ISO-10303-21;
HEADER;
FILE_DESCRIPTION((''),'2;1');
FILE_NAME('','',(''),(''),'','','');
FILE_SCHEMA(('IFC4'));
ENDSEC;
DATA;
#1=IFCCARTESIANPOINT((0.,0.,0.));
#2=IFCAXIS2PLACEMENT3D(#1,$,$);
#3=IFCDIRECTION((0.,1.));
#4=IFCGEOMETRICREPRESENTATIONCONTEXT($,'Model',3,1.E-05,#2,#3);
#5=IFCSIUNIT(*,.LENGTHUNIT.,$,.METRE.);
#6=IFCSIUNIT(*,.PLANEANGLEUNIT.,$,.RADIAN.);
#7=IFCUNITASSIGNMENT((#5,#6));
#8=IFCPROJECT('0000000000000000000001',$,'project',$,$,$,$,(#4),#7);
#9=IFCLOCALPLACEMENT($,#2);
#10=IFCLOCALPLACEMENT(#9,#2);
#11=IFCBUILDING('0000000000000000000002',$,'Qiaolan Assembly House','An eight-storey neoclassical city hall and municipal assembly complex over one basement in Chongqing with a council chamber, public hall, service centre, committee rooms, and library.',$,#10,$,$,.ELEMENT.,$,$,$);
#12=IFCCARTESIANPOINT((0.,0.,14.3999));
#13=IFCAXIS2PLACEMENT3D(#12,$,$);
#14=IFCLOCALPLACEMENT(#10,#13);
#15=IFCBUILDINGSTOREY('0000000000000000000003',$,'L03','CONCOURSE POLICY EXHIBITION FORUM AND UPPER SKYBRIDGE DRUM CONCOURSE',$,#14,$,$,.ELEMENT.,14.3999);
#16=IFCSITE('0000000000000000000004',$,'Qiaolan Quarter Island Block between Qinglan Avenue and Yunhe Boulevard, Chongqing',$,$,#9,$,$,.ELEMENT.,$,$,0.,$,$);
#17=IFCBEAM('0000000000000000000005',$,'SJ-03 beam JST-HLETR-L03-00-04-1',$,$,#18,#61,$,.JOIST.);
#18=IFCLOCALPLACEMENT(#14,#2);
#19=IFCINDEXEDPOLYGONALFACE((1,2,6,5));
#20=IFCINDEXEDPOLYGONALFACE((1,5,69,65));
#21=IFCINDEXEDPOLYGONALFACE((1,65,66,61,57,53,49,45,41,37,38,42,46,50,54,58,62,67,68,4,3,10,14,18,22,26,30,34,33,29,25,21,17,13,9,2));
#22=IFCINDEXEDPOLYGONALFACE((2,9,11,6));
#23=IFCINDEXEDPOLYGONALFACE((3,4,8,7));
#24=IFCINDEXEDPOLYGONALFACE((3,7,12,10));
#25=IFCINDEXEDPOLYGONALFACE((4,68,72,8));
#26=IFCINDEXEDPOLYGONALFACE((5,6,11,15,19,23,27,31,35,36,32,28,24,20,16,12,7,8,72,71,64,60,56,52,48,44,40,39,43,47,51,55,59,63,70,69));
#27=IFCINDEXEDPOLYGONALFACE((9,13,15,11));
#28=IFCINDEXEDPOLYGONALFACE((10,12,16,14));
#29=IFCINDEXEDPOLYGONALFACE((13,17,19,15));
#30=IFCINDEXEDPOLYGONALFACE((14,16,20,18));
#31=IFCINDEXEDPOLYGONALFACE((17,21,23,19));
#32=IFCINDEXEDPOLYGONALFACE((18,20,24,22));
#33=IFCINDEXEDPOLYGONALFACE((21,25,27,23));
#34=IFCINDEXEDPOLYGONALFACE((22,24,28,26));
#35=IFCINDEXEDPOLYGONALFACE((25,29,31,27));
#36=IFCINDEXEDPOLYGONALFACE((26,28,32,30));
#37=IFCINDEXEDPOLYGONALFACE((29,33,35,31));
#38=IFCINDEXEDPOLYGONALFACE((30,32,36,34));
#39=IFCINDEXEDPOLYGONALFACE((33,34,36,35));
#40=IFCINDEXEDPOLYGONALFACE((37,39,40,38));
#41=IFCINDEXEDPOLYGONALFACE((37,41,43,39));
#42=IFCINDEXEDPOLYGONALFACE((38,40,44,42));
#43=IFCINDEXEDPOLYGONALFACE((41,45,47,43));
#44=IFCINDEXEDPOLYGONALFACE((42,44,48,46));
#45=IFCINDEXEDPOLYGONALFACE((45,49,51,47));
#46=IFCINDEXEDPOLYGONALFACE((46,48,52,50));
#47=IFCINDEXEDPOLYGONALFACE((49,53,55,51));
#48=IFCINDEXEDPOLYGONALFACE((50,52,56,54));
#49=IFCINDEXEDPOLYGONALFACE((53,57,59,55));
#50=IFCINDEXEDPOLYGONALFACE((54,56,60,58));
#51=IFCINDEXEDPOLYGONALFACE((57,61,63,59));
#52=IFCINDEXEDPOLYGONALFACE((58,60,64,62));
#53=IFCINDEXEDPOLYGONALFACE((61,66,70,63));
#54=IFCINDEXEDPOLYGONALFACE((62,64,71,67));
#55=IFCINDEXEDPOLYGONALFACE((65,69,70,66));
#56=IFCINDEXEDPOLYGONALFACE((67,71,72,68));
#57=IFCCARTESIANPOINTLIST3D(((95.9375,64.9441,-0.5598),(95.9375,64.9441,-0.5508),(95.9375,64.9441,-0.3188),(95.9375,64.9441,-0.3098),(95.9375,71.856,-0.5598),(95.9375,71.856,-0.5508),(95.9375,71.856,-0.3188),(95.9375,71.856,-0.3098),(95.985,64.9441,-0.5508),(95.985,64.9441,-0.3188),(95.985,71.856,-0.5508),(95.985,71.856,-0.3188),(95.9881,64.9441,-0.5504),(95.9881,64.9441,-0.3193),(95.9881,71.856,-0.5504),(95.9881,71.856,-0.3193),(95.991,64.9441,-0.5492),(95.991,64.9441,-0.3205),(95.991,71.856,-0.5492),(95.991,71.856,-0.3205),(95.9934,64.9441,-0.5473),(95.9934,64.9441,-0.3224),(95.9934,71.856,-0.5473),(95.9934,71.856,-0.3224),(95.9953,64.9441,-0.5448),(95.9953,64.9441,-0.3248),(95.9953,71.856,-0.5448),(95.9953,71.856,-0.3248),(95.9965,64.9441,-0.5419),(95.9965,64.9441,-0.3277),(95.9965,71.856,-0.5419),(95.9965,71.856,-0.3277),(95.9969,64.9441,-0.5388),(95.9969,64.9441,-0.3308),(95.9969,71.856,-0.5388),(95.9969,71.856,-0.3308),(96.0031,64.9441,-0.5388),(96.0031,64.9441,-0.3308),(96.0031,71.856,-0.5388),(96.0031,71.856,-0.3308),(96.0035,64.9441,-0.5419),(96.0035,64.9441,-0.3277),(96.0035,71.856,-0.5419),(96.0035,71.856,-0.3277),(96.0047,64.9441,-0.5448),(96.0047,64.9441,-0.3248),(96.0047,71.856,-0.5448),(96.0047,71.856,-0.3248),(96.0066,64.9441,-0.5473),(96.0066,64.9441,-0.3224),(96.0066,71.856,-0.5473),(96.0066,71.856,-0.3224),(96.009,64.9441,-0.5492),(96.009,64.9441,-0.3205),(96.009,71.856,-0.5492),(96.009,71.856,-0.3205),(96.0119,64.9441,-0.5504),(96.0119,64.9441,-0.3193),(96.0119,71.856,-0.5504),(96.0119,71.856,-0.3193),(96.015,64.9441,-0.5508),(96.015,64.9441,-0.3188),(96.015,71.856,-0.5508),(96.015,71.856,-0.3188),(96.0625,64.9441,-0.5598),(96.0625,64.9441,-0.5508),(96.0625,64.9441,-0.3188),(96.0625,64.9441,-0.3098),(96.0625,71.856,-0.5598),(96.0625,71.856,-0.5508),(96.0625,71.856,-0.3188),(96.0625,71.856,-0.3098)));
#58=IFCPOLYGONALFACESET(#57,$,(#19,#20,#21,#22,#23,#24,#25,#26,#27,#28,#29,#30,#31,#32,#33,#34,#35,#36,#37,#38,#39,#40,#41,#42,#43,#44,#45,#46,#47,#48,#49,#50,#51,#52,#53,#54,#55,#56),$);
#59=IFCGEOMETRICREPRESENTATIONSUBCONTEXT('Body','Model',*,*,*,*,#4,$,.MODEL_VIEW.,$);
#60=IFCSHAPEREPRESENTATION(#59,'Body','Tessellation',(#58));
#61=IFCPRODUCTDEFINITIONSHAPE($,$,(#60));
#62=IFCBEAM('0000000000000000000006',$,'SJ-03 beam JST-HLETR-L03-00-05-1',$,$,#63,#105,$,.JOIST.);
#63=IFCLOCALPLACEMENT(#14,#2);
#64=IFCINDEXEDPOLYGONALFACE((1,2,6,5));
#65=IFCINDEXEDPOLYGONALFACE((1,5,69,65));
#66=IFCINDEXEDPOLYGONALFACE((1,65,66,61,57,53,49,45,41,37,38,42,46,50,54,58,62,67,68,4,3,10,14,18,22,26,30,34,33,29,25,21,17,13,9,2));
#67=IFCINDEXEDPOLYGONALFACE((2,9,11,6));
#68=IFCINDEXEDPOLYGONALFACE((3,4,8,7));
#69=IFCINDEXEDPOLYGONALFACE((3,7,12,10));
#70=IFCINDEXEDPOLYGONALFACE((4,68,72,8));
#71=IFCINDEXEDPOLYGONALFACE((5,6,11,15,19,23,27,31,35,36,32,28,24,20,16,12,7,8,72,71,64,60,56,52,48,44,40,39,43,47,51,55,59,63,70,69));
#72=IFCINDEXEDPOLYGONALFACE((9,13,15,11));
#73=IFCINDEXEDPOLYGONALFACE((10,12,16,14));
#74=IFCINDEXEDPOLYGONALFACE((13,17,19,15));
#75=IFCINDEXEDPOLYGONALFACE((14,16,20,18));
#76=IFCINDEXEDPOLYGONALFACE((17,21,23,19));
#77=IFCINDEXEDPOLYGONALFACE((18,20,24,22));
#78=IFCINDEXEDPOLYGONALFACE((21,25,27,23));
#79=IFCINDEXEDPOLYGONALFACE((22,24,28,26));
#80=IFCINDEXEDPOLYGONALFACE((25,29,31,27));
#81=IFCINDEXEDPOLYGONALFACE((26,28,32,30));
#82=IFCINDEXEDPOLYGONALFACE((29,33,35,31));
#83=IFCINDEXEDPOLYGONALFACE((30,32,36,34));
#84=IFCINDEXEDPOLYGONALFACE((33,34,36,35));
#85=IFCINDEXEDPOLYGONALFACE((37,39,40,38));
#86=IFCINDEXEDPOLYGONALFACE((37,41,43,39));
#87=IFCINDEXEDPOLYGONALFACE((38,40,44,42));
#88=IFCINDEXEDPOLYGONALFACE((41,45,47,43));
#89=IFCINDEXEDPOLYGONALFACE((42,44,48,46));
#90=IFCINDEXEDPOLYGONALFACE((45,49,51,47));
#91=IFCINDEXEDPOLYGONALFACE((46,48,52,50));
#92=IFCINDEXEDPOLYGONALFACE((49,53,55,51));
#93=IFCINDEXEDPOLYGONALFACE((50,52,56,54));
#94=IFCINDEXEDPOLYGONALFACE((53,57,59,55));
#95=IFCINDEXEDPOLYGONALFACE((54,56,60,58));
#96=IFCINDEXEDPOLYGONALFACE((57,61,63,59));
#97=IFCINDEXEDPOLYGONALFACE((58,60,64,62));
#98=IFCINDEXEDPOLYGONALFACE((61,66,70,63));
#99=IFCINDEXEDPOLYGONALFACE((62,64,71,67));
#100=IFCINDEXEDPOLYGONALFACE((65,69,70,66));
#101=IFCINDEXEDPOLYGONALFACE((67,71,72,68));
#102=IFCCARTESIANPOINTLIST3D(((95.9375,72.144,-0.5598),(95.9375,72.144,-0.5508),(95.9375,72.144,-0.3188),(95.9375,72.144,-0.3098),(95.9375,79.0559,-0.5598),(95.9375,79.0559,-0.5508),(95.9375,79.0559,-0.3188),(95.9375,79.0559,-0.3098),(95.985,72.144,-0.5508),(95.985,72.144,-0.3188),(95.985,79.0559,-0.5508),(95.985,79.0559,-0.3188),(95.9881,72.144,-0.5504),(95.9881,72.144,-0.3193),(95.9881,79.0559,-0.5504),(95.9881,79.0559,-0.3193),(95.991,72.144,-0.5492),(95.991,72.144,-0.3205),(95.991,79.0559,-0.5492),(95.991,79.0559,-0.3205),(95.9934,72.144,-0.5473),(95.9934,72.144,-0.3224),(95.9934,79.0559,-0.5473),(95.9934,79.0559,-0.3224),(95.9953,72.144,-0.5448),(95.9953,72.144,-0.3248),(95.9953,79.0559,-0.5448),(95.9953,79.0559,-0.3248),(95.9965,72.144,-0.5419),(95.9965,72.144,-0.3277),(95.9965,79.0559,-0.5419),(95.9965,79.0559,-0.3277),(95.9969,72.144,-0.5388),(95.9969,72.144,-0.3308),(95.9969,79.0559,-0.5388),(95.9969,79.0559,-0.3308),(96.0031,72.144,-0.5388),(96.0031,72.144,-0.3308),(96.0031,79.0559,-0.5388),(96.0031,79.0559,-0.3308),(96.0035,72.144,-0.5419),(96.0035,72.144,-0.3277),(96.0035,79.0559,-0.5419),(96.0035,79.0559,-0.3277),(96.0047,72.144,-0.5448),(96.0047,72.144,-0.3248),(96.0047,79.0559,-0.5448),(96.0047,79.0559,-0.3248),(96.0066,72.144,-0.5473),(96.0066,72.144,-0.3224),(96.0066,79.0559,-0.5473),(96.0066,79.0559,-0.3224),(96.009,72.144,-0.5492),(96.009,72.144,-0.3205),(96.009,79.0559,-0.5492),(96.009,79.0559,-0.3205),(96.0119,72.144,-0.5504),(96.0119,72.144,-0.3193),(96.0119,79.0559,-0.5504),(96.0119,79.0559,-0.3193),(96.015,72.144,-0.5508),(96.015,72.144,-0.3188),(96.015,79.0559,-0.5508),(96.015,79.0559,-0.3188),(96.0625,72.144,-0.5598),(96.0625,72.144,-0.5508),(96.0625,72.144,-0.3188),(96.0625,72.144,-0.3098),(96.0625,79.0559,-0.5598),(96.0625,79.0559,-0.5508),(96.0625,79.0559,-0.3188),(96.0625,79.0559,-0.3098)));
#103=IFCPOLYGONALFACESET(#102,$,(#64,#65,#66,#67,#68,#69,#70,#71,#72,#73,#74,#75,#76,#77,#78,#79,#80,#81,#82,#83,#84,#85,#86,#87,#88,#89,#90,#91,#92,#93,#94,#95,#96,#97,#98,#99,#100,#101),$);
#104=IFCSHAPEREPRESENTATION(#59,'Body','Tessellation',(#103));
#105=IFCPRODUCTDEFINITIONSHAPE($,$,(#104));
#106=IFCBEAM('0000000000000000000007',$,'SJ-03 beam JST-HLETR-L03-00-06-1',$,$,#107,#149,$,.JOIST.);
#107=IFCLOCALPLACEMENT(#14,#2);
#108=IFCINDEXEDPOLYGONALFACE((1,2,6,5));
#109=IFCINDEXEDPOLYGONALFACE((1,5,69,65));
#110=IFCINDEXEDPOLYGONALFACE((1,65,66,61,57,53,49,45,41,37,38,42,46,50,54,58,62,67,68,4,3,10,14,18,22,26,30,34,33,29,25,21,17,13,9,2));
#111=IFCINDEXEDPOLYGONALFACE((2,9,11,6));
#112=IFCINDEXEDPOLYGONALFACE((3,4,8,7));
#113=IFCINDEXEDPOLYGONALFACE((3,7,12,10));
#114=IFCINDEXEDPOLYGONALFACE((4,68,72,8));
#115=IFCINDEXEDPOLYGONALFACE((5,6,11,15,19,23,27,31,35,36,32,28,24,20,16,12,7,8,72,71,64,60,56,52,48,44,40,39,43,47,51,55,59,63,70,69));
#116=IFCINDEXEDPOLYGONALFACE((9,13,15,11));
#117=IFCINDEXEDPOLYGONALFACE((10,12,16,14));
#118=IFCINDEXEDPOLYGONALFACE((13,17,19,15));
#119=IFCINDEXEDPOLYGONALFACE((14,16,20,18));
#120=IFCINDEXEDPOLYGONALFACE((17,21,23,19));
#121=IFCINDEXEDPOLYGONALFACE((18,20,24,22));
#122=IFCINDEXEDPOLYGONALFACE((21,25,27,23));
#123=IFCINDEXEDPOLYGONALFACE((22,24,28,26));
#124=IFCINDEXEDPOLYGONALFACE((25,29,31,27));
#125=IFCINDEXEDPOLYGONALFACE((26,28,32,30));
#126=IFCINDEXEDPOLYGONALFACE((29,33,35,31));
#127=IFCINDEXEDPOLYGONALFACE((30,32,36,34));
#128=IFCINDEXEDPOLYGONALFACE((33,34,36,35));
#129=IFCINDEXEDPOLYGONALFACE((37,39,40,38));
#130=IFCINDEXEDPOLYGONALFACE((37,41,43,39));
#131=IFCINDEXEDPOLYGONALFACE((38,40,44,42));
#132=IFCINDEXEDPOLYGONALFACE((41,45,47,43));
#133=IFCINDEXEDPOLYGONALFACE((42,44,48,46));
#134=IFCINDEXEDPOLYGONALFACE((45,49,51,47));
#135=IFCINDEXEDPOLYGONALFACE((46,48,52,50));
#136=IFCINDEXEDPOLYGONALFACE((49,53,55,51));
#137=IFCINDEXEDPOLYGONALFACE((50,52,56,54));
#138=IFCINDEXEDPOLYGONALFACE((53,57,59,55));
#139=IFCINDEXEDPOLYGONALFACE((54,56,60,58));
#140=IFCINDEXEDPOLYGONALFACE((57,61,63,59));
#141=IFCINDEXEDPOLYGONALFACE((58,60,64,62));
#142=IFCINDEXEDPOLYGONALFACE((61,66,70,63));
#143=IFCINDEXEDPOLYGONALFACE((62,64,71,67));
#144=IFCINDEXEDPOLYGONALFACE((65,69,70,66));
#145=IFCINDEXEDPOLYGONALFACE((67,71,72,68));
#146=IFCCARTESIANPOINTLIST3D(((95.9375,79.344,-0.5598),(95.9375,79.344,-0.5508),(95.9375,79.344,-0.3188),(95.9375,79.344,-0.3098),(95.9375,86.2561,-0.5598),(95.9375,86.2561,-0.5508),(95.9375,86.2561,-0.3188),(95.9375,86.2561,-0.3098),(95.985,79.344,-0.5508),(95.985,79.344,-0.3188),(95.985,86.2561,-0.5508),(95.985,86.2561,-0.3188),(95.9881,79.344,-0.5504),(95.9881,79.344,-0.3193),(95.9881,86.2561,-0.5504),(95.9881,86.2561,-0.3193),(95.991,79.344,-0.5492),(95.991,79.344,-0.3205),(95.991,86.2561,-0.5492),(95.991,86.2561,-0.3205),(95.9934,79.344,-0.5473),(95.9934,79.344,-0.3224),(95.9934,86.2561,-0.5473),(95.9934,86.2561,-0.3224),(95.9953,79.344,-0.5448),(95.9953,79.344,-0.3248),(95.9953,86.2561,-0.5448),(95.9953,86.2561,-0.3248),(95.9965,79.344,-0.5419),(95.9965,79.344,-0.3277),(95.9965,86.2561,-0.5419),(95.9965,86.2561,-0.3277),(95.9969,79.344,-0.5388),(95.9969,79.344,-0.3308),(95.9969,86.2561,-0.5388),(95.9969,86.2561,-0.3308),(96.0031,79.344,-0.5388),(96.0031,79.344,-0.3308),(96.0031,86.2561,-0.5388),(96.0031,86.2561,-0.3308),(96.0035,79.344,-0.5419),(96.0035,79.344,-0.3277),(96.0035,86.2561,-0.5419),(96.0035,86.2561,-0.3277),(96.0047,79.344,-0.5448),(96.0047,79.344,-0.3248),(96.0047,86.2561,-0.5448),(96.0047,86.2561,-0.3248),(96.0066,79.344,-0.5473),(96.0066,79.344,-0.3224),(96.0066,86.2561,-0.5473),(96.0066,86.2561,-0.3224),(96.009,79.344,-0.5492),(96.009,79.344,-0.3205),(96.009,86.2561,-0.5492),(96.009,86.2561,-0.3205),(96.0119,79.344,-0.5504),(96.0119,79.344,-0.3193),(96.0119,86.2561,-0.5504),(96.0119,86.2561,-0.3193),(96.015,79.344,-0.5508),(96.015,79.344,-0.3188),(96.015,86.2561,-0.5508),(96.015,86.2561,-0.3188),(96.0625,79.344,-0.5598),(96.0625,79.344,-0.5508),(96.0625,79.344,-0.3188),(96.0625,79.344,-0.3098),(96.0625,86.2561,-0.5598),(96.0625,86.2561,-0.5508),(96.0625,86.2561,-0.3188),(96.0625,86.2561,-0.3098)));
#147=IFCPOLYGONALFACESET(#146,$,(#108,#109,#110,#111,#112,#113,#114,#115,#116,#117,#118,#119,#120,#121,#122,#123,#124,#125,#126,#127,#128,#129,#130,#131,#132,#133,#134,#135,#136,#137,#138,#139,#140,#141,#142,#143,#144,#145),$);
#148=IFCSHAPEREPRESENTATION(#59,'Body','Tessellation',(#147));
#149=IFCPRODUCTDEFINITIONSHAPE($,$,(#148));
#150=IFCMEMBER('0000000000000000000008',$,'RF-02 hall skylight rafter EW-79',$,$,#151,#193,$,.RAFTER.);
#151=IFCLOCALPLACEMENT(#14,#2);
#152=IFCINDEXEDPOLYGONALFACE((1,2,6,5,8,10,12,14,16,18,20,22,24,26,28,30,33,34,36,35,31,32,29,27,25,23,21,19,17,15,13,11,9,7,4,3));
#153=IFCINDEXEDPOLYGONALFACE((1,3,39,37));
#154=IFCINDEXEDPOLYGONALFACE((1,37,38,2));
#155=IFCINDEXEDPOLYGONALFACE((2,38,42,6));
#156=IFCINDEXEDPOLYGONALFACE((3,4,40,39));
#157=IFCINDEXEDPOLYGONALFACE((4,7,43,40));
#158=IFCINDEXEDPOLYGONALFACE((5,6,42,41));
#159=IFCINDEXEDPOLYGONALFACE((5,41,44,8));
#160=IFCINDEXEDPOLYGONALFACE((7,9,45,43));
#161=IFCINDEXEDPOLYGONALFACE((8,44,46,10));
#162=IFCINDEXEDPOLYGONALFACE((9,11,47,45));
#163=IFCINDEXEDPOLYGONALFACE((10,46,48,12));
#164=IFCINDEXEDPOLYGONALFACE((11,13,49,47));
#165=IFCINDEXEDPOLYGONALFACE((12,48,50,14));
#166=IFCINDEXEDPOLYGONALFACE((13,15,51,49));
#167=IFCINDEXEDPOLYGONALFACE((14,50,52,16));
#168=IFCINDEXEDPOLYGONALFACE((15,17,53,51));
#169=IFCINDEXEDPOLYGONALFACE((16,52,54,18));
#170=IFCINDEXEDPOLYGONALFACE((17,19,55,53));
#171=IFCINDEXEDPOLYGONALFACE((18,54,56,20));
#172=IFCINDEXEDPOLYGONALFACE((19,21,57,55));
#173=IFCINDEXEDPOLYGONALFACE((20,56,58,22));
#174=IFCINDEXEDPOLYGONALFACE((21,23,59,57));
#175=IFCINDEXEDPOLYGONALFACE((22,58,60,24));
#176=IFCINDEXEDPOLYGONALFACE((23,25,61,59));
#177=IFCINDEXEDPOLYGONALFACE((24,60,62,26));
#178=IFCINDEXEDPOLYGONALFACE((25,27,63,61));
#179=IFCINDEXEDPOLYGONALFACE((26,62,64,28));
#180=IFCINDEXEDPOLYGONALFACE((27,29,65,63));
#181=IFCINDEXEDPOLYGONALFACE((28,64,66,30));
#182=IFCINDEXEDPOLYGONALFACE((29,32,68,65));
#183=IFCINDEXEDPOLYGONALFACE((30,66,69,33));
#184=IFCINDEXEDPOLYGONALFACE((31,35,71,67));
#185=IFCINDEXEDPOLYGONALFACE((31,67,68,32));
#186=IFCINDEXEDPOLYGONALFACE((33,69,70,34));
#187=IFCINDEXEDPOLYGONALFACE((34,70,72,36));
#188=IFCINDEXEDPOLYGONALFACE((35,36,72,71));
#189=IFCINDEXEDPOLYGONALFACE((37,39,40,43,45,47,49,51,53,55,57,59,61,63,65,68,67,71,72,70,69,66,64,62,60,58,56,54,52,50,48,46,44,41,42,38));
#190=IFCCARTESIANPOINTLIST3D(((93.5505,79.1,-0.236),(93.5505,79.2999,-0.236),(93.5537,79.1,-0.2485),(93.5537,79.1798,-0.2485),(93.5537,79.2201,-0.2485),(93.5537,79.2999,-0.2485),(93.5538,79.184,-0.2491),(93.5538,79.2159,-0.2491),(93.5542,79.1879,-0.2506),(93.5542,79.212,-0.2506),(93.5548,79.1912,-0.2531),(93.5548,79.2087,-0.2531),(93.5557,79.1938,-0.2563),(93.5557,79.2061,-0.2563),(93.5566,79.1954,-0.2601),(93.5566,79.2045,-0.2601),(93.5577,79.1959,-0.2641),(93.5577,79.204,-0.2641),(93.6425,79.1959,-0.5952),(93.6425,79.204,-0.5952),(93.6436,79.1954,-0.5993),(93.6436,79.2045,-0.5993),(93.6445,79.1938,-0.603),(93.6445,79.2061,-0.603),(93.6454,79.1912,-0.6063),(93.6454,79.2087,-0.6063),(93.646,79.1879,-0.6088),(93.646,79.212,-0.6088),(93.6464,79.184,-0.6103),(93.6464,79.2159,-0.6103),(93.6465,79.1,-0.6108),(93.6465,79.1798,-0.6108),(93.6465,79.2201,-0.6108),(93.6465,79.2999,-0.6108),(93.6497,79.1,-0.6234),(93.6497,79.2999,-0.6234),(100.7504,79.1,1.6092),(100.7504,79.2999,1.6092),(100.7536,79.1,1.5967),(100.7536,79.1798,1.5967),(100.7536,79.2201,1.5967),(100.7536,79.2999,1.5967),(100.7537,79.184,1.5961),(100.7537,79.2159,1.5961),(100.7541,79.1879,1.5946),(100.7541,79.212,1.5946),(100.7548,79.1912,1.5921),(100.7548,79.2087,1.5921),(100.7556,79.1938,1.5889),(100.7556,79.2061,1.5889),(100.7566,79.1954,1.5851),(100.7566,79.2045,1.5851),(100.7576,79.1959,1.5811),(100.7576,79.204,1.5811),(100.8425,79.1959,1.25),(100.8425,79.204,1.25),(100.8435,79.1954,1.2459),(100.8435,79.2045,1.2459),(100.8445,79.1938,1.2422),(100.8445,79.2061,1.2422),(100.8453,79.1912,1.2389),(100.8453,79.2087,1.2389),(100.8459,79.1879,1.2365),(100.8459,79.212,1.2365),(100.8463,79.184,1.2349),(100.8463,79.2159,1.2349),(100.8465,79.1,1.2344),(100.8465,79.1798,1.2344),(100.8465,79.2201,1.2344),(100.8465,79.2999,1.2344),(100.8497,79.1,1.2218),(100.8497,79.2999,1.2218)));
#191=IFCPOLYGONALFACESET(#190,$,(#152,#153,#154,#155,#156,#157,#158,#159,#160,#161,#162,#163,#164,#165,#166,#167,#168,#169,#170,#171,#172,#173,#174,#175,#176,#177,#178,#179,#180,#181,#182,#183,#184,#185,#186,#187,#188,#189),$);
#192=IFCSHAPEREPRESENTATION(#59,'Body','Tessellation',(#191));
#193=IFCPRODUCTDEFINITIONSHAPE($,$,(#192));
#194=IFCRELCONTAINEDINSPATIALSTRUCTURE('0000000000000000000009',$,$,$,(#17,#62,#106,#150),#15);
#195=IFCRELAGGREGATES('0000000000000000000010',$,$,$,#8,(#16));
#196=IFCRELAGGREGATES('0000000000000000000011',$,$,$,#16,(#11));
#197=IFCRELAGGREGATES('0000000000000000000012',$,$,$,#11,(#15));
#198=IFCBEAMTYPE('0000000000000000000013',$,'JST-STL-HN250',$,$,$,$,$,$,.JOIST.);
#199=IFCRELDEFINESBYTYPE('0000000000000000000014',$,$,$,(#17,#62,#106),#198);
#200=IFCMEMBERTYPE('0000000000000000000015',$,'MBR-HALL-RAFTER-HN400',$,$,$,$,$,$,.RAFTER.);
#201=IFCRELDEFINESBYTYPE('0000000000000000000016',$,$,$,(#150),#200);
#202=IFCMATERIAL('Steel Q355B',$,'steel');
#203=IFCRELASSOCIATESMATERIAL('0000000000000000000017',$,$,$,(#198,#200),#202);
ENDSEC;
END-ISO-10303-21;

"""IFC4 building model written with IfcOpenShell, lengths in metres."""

from ifc_helpers import new_model, si_unit, direction, frame, origin, origin_2d, place, context, subcontext, project, spatial, i_section, extrude, material, material_profile, profile_set, type_object, element, save


model = new_model("IFC4")

# Units and contexts
model_context = context("Model", 3, precision=1e-05, world=origin(), true_north=direction((0.0, 1.0)))
body_context = subcontext(model_context, "Body", "Model", "MODEL_VIEW")
ifc_project = project(units=[si_unit("LENGTHUNIT", "METRE"), si_unit("PLANEANGLEUNIT", "RADIAN")], contexts=[model_context])

# Site, building, storey
site_placement = place(None, origin())
site = spatial("IfcSite", under=ifc_project, at=site_placement, Name="Qiaolan Quarter Island Block between Qinglan Avenue and Yunhe Boulevard, Chongqing", CompositionType="ELEMENT", RefElevation=0.0)
building_placement = place(site_placement, origin())
building = spatial("IfcBuilding", under=site, at=building_placement, Name="Qiaolan Assembly House", Description="An eight-storey neoclassical city hall and municipal assembly complex over one basement in Chongqing with a council chamber, public hall, service centre, committee rooms, and library.", CompositionType="ELEMENT")
storey_placement = place(building_placement, frame((0.0, 0.0, 14.3999)))
storey = spatial("IfcBuildingStorey", under=building, at=storey_placement, Name="L03", Description="CONCOURSE POLICY EXHIBITION FORUM AND UPPER SKYBRIDGE DRUM CONCOURSE", CompositionType="ELEMENT", Elevation=14.3999)

# Shared definitions
ifc_material_1 = material(Name="Steel Q355B", Category="steel")

# Beams
ifc_material_profile_1 = material_profile(ifc_material_1, i_section(OverallWidth=0.125, OverallDepth=0.25, WebThickness=0.0061, FlangeThickness=0.009, FilletRadius=0.012, at=origin_2d()), Name="HN 250x125x6x9")
ifc_profile_set_1 = profile_set([ifc_material_profile_1], Name="Steel Q355B")
beam_type_1 = type_object("IfcBeamType", Name="JST-STL-HN250", PredefinedType="JOIST", material=ifc_profile_set_1)
for number, where, z_axis, x_axis, name in (
    (1, (96.0, 64.9441, -0.4348), (0.0, 1.0, 0.0), (-1.0, 0.0, 0.0), "SJ-03 beam JST-HLETR-L03-00-04-1"),
    (2, (96.0, 72.144, -0.4348), (0.0, 1.0, 0.0), (-1.0, 0.0, 0.0), "SJ-03 beam JST-HLETR-L03-00-05-1"),
):
    element("IfcBeam", number, at=place(storey_placement, frame(where, z_axis=z_axis, x_axis=x_axis)), inside=storey, type_object=beam_type_1, Name=name, PredefinedType="JOIST", context=body_context, shape_type="SweptSolid", body=[
        extrude(i_section(OverallWidth=0.125, OverallDepth=0.25, WebThickness=0.0061, FlangeThickness=0.009, FilletRadius=0.012, at=origin_2d()), origin(), (0.0, 0.0, 1.0), 6.9119),
    ])
beam_1_placement = place(storey_placement, frame((96.0, 79.344, -0.4348), z_axis=(0.0, 1.0, 0.0), x_axis=(-1.0, 0.0, 0.0)))
element("IfcBeam", 3, at=beam_1_placement, inside=storey, type_object=beam_type_1, Name="SJ-03 beam JST-HLETR-L03-00-06-1", PredefinedType="JOIST", context=body_context, shape_type="SweptSolid", body=[
    extrude(i_section(OverallWidth=0.125, OverallDepth=0.25, WebThickness=0.0061, FlangeThickness=0.009, FilletRadius=0.012, at=origin_2d()), origin(), (0.0, 0.0, 1.0), 6.9121),
])

# Member
ifc_material_profile_2 = material_profile(ifc_material_1, i_section(OverallWidth=0.2, OverallDepth=0.3999, WebThickness=0.0081, FlangeThickness=0.0129, FilletRadius=0.0161, at=origin_2d()), Name="HN 400x200x8x13-RF")
ifc_profile_set_2 = profile_set([ifc_material_profile_2], Name="Steel Q355B")
member_type_1 = type_object("IfcMemberType", Name="MBR-HALL-RAFTER-HN400", PredefinedType="RAFTER", material=ifc_profile_set_2)
member_1_placement = place(storey_placement, frame((93.6001, 79.2, -0.4297), z_axis=(0.968694, 0.0, 0.248258), x_axis=(0.0, 1.0, 0.0)))
element("IfcMember", 4, at=member_1_placement, inside=storey, type_object=member_type_1, Name="RF-02 hall skylight rafter EW-79", PredefinedType="RAFTER", context=body_context, shape_type="SweptSolid", body=[
    extrude(i_section(OverallWidth=0.2, OverallDepth=0.3999, WebThickness=0.0081, FlangeThickness=0.0129, FilletRadius=0.0161, at=origin_2d()), origin(), (0.0, 0.0, 1.0), 7.4326),
])

save(model, "model.ifc")
